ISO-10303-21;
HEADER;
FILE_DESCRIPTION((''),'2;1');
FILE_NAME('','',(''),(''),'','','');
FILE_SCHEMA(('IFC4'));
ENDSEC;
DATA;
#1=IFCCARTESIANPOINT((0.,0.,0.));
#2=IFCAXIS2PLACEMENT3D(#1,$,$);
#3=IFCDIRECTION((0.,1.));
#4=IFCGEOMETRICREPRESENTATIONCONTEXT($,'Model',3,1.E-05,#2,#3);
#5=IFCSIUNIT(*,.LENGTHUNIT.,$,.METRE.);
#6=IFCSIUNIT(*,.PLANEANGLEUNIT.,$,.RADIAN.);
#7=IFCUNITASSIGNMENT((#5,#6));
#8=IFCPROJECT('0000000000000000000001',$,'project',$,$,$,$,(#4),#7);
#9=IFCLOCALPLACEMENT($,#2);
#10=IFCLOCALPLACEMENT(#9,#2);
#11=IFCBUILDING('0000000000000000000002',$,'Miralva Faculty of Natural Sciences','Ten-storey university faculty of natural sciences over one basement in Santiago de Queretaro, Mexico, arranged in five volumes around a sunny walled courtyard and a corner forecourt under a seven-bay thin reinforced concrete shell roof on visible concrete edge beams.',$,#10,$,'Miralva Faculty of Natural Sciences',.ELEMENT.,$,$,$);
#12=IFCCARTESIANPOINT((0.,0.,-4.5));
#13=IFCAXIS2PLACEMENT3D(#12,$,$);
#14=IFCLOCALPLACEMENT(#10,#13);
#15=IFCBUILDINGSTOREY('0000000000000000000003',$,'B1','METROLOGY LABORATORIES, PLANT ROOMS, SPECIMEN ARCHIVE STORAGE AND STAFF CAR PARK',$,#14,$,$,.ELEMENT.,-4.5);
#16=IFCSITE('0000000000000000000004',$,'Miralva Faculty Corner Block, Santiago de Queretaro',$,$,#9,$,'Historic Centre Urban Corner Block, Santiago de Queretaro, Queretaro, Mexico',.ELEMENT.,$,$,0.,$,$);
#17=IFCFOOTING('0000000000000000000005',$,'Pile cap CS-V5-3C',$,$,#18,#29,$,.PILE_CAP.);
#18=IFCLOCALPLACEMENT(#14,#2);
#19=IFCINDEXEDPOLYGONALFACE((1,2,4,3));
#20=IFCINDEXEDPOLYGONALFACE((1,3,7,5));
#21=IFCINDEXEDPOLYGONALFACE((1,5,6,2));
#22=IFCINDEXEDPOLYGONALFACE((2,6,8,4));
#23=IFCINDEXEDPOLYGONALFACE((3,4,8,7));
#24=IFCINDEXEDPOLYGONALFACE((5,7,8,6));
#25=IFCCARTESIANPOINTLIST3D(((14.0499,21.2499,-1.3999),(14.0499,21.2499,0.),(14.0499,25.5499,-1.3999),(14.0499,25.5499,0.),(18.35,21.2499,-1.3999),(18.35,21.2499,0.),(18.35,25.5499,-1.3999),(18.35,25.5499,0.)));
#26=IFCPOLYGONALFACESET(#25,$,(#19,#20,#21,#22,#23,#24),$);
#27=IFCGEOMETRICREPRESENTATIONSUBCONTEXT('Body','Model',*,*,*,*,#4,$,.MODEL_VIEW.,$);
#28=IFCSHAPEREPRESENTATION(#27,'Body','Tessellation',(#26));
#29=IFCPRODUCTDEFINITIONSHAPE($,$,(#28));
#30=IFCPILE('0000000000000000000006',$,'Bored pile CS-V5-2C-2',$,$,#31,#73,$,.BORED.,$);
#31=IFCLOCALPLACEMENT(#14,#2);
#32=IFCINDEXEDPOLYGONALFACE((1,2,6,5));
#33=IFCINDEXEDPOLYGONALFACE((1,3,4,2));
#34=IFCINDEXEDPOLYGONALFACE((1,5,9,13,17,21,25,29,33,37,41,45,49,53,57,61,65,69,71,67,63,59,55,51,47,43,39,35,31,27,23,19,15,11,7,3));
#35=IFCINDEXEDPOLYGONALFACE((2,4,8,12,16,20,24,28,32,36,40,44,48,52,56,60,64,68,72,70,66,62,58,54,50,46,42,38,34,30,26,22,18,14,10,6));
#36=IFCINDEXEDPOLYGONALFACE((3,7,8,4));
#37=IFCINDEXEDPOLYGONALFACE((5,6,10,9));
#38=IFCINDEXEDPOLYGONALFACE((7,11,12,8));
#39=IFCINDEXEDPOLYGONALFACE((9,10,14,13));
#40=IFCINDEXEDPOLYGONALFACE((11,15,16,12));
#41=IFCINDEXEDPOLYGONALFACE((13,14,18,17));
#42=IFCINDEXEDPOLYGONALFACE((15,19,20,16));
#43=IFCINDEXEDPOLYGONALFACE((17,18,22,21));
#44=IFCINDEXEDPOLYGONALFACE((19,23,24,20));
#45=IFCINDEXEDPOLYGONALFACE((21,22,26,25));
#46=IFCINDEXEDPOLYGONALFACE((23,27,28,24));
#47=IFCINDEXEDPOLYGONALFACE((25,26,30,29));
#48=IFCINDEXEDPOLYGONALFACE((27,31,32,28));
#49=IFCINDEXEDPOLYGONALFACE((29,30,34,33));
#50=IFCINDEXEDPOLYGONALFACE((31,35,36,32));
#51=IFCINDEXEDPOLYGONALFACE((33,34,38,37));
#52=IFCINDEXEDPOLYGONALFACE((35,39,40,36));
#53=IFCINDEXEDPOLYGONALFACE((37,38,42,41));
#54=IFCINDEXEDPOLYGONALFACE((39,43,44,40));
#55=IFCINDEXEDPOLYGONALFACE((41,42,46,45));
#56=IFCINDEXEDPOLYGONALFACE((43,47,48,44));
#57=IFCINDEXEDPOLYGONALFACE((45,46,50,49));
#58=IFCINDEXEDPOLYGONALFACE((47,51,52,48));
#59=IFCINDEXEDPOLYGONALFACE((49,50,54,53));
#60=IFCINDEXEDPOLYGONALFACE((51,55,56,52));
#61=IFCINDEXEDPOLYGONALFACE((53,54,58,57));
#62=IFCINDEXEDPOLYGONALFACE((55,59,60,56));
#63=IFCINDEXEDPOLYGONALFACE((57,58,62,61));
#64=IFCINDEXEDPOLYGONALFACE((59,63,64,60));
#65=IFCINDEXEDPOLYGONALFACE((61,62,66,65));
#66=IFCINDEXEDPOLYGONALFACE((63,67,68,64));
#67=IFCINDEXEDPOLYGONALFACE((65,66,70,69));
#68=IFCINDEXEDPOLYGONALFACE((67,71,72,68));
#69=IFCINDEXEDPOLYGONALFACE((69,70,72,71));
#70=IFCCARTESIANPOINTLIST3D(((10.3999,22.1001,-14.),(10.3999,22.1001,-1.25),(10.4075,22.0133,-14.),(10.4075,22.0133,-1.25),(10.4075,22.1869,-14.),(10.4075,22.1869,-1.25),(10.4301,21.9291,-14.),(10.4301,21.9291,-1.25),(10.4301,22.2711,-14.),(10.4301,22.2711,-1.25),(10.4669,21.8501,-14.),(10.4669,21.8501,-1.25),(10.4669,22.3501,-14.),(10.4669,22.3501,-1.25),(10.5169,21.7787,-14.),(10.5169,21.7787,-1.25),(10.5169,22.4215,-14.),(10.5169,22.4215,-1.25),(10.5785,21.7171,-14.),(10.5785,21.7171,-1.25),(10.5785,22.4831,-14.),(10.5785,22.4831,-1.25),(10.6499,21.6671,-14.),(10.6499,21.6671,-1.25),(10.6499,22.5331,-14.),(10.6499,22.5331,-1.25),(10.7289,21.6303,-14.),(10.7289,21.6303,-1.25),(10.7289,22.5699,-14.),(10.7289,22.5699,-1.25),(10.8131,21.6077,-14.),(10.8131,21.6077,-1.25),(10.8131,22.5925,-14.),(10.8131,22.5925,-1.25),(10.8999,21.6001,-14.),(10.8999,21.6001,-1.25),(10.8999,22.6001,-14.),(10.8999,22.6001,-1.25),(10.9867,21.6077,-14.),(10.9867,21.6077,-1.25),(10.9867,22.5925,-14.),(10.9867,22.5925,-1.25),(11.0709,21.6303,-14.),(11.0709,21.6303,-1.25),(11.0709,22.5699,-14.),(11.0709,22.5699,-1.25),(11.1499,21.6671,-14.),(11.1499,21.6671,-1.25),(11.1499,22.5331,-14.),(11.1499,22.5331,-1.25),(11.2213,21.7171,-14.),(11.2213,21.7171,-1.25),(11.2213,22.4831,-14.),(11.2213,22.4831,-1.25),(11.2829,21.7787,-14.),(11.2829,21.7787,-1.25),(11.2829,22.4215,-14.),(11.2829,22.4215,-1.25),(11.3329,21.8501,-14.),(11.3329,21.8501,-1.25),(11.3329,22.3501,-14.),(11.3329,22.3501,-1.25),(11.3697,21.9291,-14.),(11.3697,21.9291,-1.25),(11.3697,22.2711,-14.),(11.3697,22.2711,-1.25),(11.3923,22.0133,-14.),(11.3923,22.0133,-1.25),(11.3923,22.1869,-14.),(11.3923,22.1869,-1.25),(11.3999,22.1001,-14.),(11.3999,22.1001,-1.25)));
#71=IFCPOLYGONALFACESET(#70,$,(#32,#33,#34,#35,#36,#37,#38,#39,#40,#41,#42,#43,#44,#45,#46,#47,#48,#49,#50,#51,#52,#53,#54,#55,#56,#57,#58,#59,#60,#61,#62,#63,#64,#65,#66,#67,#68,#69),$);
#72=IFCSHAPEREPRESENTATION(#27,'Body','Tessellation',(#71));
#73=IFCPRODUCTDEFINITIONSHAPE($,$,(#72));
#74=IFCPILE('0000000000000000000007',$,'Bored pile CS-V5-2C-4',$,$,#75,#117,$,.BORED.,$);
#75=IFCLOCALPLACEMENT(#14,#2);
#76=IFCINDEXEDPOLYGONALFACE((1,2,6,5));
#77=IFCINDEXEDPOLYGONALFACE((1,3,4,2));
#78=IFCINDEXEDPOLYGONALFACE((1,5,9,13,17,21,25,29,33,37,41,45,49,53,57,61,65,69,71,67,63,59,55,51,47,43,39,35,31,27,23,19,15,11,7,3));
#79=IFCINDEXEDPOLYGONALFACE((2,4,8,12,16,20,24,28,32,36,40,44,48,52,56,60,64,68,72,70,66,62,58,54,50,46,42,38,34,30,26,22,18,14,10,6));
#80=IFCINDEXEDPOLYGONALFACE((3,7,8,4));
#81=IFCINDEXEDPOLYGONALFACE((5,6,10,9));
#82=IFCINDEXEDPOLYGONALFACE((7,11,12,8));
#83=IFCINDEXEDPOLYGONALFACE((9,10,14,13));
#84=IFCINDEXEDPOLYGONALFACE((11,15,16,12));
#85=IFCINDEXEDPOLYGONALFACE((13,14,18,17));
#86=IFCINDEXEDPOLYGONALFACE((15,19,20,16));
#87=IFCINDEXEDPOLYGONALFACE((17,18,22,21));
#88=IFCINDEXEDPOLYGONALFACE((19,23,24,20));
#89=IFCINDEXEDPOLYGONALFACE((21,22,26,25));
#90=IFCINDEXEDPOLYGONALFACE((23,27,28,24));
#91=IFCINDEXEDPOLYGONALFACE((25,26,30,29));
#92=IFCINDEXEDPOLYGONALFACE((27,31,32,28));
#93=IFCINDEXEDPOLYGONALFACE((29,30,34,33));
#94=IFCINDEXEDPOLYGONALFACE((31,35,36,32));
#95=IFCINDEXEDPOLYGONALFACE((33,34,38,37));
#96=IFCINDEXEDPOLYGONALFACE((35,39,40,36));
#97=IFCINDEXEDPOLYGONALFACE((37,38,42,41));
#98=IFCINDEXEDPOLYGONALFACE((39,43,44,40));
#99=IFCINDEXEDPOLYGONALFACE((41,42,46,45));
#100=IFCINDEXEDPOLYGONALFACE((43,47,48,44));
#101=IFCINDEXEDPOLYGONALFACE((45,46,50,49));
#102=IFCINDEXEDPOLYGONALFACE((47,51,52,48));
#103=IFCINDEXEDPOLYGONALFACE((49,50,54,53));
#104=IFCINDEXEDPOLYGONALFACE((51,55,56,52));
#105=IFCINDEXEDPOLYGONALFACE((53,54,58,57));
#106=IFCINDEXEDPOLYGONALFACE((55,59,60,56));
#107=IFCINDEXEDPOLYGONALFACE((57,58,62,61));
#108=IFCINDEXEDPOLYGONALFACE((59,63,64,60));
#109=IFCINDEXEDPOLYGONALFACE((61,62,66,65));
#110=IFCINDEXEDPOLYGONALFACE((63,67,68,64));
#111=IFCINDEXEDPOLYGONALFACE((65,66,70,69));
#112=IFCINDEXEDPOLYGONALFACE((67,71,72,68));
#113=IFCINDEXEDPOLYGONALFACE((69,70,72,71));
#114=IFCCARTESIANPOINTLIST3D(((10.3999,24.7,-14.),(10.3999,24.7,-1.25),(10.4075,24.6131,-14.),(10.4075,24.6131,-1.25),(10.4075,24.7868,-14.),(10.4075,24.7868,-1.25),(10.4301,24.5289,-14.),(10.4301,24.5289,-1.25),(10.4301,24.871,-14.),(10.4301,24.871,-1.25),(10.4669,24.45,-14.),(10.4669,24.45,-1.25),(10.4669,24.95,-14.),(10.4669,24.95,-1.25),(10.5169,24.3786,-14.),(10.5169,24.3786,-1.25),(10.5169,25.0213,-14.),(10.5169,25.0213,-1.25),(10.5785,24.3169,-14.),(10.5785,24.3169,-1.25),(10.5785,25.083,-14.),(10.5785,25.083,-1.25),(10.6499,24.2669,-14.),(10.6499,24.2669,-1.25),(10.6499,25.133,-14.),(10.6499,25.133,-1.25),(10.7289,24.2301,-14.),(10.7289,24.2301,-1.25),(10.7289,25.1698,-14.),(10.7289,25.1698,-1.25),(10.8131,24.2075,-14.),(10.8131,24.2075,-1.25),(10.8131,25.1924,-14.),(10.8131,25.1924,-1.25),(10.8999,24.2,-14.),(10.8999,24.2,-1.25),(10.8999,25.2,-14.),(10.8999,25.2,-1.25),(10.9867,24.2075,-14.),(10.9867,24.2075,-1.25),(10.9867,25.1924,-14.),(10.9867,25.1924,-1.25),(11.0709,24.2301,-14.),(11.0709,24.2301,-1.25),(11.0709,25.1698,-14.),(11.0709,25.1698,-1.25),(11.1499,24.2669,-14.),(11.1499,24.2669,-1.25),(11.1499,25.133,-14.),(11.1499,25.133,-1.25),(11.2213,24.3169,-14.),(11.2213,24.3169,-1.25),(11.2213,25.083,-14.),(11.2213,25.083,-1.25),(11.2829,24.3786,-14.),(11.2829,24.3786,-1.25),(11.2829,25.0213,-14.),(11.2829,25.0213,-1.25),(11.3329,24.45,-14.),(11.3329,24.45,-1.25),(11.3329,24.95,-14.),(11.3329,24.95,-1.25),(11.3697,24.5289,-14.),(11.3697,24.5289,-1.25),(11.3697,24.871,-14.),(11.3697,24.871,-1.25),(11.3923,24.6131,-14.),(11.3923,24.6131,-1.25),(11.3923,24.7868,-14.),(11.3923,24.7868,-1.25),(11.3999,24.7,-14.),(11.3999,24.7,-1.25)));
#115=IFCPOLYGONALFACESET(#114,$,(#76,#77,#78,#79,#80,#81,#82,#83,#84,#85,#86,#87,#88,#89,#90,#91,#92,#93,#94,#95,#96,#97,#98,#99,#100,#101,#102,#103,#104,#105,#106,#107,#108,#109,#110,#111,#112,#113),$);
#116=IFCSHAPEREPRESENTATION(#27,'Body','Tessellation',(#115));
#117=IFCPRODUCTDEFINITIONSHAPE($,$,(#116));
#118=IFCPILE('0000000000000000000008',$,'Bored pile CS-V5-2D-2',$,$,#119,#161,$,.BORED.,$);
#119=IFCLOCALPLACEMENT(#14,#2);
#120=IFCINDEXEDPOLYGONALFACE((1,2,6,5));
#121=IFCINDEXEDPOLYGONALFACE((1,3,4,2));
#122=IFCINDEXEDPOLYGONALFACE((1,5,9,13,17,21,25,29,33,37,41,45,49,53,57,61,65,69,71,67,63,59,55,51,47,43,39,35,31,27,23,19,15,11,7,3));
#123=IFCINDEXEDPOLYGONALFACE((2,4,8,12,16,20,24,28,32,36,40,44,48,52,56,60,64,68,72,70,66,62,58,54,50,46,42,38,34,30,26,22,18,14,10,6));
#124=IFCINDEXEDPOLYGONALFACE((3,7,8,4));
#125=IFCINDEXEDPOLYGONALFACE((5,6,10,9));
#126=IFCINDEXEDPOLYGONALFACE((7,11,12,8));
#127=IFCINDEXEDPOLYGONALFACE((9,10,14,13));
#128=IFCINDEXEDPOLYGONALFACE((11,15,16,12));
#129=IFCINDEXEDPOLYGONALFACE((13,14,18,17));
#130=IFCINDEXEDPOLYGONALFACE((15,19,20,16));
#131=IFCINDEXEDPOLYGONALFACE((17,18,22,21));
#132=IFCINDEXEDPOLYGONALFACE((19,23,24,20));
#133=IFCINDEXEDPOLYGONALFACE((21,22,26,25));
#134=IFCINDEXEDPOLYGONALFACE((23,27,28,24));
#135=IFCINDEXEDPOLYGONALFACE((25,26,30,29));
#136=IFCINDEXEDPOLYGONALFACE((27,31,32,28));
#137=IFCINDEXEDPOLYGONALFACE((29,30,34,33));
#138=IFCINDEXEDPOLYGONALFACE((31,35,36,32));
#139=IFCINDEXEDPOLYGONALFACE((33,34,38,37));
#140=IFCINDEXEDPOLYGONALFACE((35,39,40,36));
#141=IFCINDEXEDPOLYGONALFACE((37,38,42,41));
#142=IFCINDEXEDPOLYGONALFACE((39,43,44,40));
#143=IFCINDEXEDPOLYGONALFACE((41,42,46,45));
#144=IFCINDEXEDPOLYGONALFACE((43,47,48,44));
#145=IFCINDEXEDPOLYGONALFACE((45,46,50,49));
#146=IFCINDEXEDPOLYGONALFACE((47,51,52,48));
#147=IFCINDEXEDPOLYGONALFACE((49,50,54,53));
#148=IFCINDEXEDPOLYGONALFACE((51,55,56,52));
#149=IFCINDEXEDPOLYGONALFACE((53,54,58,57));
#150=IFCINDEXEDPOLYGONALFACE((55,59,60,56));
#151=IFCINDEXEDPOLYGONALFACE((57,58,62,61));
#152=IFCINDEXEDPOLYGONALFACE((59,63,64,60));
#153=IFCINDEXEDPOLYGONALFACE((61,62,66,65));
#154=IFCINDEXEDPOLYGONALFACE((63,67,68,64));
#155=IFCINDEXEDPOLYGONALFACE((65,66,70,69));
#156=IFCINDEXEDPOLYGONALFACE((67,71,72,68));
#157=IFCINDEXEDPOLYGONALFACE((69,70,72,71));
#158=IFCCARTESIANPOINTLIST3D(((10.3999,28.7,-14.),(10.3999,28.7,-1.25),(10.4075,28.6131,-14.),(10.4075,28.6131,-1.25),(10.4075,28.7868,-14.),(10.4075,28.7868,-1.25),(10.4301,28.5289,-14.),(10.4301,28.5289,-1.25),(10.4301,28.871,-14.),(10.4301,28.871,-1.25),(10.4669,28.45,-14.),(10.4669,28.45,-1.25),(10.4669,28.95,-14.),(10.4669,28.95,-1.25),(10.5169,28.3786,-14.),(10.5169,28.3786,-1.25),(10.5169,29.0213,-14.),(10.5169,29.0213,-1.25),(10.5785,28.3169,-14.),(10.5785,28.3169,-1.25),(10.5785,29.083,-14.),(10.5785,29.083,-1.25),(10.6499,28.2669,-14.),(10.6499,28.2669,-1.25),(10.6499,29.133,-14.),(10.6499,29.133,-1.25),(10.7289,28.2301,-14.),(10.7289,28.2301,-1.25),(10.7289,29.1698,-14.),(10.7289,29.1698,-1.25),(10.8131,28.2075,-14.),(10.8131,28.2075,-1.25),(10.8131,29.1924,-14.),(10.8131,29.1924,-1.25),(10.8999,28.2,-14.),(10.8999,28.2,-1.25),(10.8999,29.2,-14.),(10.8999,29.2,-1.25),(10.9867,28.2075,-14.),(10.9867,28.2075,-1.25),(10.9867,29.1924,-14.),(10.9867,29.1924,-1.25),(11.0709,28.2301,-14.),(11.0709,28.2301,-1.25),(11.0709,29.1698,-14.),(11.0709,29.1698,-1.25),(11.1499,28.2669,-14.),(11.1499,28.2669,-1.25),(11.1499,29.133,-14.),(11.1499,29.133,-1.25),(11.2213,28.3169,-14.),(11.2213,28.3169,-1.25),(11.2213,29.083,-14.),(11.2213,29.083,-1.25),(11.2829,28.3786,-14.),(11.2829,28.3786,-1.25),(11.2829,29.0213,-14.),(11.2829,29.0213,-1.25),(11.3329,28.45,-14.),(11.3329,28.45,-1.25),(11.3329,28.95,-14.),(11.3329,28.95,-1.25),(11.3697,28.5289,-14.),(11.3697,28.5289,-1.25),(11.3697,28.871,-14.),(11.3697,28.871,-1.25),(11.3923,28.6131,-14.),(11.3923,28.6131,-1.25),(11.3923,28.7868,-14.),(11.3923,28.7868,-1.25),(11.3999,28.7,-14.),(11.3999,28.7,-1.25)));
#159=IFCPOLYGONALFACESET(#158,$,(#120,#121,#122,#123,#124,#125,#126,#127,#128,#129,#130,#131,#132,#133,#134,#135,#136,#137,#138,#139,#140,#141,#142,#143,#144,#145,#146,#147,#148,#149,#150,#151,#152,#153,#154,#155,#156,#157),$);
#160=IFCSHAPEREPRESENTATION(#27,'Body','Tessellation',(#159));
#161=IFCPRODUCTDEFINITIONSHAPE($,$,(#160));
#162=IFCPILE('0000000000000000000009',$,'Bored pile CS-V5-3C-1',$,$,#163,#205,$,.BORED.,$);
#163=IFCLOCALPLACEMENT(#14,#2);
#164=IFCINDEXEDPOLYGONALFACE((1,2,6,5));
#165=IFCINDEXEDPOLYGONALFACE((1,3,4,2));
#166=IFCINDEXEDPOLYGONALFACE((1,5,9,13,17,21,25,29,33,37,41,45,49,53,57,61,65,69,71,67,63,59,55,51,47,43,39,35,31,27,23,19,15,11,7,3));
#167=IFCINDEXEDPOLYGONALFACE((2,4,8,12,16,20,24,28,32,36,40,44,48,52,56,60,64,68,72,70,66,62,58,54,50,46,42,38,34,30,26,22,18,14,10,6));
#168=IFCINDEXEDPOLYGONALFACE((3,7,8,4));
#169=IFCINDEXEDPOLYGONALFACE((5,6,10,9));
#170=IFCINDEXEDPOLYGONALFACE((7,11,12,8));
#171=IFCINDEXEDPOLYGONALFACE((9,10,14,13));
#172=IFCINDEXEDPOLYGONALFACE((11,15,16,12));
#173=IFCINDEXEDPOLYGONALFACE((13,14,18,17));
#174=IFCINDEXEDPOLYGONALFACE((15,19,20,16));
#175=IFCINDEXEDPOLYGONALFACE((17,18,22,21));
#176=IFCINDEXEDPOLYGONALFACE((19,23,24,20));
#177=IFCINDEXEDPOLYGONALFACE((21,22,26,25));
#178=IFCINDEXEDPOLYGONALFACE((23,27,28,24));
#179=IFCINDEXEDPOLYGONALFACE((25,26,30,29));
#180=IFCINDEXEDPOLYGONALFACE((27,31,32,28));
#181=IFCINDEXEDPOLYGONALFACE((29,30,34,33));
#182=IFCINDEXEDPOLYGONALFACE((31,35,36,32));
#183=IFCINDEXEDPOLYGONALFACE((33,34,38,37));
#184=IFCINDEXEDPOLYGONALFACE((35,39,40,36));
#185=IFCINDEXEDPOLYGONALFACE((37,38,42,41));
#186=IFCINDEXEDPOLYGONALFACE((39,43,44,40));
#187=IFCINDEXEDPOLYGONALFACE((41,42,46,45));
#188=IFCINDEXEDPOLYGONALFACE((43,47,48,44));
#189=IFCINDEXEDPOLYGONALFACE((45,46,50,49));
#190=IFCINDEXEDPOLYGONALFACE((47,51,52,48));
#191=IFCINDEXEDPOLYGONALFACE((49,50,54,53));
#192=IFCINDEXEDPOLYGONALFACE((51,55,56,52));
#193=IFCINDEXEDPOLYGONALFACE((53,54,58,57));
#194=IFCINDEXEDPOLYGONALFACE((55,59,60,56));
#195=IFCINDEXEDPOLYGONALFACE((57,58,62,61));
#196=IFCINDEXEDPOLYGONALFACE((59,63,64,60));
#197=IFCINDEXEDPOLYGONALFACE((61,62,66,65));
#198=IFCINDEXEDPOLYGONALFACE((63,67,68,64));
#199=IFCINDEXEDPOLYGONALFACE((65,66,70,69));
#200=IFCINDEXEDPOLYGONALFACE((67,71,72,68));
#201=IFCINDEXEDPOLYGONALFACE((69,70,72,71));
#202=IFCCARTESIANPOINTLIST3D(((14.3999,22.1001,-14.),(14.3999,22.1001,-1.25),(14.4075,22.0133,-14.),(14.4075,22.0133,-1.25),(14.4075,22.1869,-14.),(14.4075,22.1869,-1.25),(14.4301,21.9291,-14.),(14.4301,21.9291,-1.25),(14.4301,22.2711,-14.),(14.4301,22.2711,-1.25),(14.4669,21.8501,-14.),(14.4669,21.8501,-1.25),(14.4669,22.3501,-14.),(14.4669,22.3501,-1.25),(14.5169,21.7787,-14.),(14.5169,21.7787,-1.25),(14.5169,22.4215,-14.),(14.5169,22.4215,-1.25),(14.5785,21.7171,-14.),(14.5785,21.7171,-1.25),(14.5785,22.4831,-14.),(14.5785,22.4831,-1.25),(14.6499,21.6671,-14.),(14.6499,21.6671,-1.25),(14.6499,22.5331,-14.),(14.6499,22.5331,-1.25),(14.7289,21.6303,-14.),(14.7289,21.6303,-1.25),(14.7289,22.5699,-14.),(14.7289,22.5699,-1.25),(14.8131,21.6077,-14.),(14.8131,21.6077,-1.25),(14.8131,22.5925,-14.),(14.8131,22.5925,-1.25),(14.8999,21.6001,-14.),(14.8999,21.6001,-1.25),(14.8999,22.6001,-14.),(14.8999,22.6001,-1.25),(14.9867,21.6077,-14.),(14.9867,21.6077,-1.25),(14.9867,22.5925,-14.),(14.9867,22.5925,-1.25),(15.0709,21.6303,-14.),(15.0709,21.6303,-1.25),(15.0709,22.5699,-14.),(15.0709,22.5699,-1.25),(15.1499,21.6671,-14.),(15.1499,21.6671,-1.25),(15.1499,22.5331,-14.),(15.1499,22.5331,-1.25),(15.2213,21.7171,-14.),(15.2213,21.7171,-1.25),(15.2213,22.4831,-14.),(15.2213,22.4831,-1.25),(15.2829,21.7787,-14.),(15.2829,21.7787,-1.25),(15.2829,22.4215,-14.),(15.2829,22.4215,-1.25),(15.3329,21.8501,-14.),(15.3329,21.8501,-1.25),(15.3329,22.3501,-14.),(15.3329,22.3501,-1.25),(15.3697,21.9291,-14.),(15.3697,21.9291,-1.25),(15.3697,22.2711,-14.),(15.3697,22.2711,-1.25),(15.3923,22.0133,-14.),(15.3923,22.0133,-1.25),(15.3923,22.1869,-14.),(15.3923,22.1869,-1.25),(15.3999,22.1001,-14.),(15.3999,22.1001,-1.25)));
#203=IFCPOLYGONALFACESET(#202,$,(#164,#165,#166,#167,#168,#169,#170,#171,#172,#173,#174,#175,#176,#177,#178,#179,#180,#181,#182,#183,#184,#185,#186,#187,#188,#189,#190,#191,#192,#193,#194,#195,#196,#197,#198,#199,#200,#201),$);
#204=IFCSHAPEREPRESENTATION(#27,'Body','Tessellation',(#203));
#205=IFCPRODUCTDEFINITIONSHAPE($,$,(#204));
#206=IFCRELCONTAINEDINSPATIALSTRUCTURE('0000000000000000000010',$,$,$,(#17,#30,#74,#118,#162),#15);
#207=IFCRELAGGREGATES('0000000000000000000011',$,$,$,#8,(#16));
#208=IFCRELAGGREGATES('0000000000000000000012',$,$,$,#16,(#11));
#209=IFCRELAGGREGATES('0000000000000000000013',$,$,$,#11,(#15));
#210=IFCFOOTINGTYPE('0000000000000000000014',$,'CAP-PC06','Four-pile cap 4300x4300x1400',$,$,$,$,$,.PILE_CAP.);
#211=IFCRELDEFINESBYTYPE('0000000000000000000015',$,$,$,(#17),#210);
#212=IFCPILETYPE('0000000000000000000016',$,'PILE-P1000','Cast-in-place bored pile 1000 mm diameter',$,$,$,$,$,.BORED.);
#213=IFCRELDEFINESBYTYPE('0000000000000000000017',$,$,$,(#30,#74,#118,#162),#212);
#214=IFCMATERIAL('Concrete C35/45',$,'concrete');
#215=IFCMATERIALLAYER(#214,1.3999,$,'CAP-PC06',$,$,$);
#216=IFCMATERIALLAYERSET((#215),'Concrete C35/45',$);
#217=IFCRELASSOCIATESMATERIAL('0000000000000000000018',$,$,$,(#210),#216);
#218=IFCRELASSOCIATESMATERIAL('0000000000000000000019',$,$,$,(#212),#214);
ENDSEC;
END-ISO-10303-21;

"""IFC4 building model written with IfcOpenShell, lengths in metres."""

from ifc_helpers import new_model, si_unit, direction, frame, origin, origin_2d, place, context, subcontext, project, spatial, rectangle, circle, extrude, material, layer, layer_set, material_profile, profile_set, type_object, element, save


model = new_model("IFC4")

# Units and contexts
model_context = context("Model", 3, precision=1e-05, world=origin(), true_north=direction((0.0, 1.0)))
body_context = subcontext(model_context, "Body", "Model", "MODEL_VIEW")
ifc_project = project(units=[si_unit("LENGTHUNIT", "METRE"), si_unit("PLANEANGLEUNIT", "RADIAN")], contexts=[model_context])

# Site, building, storey
site_placement = place(None, origin())
site = spatial("IfcSite", under=ifc_project, at=site_placement, Name="Miralva Faculty Corner Block, Santiago de Queretaro", LongName="Historic Centre Urban Corner Block, Santiago de Queretaro, Queretaro, Mexico", CompositionType="ELEMENT", RefElevation=0.0)
building_placement = place(site_placement, origin())
building = spatial("IfcBuilding", under=site, at=building_placement, Name="Miralva Faculty of Natural Sciences", Description="Ten-storey university faculty of natural sciences over one basement in Santiago de Queretaro, Mexico, arranged in five volumes around a sunny walled courtyard and a corner forecourt under a seven-bay thin reinforced concrete shell roof on visible concrete edge beams.", LongName="Miralva Faculty of Natural Sciences", CompositionType="ELEMENT")
storey_placement = place(building_placement, frame((0.0, 0.0, -4.5)))
storey = spatial("IfcBuildingStorey", under=building, at=storey_placement, Name="B1", Description="METROLOGY LABORATORIES, PLANT ROOMS, SPECIMEN ARCHIVE STORAGE AND STAFF CAR PARK", CompositionType="ELEMENT", Elevation=-4.5)

# Footing
ifc_material_1 = material(Name="Concrete C35/45", Category="concrete")
ifc_layer_1 = layer(ifc_material_1, 1.3999, Name="CAP-PC06")
ifc_layer_set_1 = layer_set([ifc_layer_1], Name="Concrete C35/45")
footing_type_1 = type_object("IfcFootingType", Name="CAP-PC06", Description="Four-pile cap 4300x4300x1400", PredefinedType="PILE_CAP", material=ifc_layer_set_1)
footing_1_placement = place(storey_placement, frame((16.2, 23.3999, -1.3999), z_axis=(0.0, 0.0, 1.0), x_axis=(1.0, 0.0, 0.0)))
element("IfcFooting", 1, at=footing_1_placement, inside=storey, type_object=footing_type_1, Name="Pile cap CS-V5-3C", PredefinedType="PILE_CAP", context=body_context, shape_type="SweptSolid", body=[
    extrude(rectangle(XDim=4.3, YDim=4.3, at=origin_2d()), origin(), (0.0, 0.0, 1.0), 1.3999),
])

# Piles
ifc_material_profile_1 = material_profile(ifc_material_1, circle(Radius=0.5, at=origin_2d()), Name="BORED PILE 1000")
ifc_profile_set_1 = profile_set([ifc_material_profile_1], Name="Concrete C35/45")
pile_type_1 = type_object("IfcPileType", Name="PILE-P1000", Description="Cast-in-place bored pile 1000 mm diameter", PredefinedType="BORED", material=ifc_profile_set_1)
for number, where, z_axis, x_axis, name in (
    (2, (10.8999, 22.1001, -1.25), (0.0, 0.0, -1.0), (1.0, 0.0, 0.0), "Bored pile CS-V5-2C-2"),
    (3, (10.8999, 24.7, -1.25), (0.0, 0.0, -1.0), (1.0, 0.0, 0.0), "Bored pile CS-V5-2C-4"),
    (4, (10.8999, 28.7, -1.25), (0.0, 0.0, -1.0), (1.0, 0.0, 0.0), "Bored pile CS-V5-2D-2"),
    (5, (14.8999, 22.1001, -1.25), (0.0, 0.0, -1.0), (1.0, 0.0, 0.0), "Bored pile CS-V5-3C-1"),
):
    element("IfcPile", number, at=place(storey_placement, frame(where, z_axis=z_axis, x_axis=x_axis)), inside=storey, type_object=pile_type_1, Name=name, PredefinedType="BORED", context=body_context, shape_type="SweptSolid", body=[
        extrude(circle(Radius=0.5, at=origin_2d()), origin(), (0.0, 0.0, 1.0), 12.75),
    ])

save(model, "model.ifc")
